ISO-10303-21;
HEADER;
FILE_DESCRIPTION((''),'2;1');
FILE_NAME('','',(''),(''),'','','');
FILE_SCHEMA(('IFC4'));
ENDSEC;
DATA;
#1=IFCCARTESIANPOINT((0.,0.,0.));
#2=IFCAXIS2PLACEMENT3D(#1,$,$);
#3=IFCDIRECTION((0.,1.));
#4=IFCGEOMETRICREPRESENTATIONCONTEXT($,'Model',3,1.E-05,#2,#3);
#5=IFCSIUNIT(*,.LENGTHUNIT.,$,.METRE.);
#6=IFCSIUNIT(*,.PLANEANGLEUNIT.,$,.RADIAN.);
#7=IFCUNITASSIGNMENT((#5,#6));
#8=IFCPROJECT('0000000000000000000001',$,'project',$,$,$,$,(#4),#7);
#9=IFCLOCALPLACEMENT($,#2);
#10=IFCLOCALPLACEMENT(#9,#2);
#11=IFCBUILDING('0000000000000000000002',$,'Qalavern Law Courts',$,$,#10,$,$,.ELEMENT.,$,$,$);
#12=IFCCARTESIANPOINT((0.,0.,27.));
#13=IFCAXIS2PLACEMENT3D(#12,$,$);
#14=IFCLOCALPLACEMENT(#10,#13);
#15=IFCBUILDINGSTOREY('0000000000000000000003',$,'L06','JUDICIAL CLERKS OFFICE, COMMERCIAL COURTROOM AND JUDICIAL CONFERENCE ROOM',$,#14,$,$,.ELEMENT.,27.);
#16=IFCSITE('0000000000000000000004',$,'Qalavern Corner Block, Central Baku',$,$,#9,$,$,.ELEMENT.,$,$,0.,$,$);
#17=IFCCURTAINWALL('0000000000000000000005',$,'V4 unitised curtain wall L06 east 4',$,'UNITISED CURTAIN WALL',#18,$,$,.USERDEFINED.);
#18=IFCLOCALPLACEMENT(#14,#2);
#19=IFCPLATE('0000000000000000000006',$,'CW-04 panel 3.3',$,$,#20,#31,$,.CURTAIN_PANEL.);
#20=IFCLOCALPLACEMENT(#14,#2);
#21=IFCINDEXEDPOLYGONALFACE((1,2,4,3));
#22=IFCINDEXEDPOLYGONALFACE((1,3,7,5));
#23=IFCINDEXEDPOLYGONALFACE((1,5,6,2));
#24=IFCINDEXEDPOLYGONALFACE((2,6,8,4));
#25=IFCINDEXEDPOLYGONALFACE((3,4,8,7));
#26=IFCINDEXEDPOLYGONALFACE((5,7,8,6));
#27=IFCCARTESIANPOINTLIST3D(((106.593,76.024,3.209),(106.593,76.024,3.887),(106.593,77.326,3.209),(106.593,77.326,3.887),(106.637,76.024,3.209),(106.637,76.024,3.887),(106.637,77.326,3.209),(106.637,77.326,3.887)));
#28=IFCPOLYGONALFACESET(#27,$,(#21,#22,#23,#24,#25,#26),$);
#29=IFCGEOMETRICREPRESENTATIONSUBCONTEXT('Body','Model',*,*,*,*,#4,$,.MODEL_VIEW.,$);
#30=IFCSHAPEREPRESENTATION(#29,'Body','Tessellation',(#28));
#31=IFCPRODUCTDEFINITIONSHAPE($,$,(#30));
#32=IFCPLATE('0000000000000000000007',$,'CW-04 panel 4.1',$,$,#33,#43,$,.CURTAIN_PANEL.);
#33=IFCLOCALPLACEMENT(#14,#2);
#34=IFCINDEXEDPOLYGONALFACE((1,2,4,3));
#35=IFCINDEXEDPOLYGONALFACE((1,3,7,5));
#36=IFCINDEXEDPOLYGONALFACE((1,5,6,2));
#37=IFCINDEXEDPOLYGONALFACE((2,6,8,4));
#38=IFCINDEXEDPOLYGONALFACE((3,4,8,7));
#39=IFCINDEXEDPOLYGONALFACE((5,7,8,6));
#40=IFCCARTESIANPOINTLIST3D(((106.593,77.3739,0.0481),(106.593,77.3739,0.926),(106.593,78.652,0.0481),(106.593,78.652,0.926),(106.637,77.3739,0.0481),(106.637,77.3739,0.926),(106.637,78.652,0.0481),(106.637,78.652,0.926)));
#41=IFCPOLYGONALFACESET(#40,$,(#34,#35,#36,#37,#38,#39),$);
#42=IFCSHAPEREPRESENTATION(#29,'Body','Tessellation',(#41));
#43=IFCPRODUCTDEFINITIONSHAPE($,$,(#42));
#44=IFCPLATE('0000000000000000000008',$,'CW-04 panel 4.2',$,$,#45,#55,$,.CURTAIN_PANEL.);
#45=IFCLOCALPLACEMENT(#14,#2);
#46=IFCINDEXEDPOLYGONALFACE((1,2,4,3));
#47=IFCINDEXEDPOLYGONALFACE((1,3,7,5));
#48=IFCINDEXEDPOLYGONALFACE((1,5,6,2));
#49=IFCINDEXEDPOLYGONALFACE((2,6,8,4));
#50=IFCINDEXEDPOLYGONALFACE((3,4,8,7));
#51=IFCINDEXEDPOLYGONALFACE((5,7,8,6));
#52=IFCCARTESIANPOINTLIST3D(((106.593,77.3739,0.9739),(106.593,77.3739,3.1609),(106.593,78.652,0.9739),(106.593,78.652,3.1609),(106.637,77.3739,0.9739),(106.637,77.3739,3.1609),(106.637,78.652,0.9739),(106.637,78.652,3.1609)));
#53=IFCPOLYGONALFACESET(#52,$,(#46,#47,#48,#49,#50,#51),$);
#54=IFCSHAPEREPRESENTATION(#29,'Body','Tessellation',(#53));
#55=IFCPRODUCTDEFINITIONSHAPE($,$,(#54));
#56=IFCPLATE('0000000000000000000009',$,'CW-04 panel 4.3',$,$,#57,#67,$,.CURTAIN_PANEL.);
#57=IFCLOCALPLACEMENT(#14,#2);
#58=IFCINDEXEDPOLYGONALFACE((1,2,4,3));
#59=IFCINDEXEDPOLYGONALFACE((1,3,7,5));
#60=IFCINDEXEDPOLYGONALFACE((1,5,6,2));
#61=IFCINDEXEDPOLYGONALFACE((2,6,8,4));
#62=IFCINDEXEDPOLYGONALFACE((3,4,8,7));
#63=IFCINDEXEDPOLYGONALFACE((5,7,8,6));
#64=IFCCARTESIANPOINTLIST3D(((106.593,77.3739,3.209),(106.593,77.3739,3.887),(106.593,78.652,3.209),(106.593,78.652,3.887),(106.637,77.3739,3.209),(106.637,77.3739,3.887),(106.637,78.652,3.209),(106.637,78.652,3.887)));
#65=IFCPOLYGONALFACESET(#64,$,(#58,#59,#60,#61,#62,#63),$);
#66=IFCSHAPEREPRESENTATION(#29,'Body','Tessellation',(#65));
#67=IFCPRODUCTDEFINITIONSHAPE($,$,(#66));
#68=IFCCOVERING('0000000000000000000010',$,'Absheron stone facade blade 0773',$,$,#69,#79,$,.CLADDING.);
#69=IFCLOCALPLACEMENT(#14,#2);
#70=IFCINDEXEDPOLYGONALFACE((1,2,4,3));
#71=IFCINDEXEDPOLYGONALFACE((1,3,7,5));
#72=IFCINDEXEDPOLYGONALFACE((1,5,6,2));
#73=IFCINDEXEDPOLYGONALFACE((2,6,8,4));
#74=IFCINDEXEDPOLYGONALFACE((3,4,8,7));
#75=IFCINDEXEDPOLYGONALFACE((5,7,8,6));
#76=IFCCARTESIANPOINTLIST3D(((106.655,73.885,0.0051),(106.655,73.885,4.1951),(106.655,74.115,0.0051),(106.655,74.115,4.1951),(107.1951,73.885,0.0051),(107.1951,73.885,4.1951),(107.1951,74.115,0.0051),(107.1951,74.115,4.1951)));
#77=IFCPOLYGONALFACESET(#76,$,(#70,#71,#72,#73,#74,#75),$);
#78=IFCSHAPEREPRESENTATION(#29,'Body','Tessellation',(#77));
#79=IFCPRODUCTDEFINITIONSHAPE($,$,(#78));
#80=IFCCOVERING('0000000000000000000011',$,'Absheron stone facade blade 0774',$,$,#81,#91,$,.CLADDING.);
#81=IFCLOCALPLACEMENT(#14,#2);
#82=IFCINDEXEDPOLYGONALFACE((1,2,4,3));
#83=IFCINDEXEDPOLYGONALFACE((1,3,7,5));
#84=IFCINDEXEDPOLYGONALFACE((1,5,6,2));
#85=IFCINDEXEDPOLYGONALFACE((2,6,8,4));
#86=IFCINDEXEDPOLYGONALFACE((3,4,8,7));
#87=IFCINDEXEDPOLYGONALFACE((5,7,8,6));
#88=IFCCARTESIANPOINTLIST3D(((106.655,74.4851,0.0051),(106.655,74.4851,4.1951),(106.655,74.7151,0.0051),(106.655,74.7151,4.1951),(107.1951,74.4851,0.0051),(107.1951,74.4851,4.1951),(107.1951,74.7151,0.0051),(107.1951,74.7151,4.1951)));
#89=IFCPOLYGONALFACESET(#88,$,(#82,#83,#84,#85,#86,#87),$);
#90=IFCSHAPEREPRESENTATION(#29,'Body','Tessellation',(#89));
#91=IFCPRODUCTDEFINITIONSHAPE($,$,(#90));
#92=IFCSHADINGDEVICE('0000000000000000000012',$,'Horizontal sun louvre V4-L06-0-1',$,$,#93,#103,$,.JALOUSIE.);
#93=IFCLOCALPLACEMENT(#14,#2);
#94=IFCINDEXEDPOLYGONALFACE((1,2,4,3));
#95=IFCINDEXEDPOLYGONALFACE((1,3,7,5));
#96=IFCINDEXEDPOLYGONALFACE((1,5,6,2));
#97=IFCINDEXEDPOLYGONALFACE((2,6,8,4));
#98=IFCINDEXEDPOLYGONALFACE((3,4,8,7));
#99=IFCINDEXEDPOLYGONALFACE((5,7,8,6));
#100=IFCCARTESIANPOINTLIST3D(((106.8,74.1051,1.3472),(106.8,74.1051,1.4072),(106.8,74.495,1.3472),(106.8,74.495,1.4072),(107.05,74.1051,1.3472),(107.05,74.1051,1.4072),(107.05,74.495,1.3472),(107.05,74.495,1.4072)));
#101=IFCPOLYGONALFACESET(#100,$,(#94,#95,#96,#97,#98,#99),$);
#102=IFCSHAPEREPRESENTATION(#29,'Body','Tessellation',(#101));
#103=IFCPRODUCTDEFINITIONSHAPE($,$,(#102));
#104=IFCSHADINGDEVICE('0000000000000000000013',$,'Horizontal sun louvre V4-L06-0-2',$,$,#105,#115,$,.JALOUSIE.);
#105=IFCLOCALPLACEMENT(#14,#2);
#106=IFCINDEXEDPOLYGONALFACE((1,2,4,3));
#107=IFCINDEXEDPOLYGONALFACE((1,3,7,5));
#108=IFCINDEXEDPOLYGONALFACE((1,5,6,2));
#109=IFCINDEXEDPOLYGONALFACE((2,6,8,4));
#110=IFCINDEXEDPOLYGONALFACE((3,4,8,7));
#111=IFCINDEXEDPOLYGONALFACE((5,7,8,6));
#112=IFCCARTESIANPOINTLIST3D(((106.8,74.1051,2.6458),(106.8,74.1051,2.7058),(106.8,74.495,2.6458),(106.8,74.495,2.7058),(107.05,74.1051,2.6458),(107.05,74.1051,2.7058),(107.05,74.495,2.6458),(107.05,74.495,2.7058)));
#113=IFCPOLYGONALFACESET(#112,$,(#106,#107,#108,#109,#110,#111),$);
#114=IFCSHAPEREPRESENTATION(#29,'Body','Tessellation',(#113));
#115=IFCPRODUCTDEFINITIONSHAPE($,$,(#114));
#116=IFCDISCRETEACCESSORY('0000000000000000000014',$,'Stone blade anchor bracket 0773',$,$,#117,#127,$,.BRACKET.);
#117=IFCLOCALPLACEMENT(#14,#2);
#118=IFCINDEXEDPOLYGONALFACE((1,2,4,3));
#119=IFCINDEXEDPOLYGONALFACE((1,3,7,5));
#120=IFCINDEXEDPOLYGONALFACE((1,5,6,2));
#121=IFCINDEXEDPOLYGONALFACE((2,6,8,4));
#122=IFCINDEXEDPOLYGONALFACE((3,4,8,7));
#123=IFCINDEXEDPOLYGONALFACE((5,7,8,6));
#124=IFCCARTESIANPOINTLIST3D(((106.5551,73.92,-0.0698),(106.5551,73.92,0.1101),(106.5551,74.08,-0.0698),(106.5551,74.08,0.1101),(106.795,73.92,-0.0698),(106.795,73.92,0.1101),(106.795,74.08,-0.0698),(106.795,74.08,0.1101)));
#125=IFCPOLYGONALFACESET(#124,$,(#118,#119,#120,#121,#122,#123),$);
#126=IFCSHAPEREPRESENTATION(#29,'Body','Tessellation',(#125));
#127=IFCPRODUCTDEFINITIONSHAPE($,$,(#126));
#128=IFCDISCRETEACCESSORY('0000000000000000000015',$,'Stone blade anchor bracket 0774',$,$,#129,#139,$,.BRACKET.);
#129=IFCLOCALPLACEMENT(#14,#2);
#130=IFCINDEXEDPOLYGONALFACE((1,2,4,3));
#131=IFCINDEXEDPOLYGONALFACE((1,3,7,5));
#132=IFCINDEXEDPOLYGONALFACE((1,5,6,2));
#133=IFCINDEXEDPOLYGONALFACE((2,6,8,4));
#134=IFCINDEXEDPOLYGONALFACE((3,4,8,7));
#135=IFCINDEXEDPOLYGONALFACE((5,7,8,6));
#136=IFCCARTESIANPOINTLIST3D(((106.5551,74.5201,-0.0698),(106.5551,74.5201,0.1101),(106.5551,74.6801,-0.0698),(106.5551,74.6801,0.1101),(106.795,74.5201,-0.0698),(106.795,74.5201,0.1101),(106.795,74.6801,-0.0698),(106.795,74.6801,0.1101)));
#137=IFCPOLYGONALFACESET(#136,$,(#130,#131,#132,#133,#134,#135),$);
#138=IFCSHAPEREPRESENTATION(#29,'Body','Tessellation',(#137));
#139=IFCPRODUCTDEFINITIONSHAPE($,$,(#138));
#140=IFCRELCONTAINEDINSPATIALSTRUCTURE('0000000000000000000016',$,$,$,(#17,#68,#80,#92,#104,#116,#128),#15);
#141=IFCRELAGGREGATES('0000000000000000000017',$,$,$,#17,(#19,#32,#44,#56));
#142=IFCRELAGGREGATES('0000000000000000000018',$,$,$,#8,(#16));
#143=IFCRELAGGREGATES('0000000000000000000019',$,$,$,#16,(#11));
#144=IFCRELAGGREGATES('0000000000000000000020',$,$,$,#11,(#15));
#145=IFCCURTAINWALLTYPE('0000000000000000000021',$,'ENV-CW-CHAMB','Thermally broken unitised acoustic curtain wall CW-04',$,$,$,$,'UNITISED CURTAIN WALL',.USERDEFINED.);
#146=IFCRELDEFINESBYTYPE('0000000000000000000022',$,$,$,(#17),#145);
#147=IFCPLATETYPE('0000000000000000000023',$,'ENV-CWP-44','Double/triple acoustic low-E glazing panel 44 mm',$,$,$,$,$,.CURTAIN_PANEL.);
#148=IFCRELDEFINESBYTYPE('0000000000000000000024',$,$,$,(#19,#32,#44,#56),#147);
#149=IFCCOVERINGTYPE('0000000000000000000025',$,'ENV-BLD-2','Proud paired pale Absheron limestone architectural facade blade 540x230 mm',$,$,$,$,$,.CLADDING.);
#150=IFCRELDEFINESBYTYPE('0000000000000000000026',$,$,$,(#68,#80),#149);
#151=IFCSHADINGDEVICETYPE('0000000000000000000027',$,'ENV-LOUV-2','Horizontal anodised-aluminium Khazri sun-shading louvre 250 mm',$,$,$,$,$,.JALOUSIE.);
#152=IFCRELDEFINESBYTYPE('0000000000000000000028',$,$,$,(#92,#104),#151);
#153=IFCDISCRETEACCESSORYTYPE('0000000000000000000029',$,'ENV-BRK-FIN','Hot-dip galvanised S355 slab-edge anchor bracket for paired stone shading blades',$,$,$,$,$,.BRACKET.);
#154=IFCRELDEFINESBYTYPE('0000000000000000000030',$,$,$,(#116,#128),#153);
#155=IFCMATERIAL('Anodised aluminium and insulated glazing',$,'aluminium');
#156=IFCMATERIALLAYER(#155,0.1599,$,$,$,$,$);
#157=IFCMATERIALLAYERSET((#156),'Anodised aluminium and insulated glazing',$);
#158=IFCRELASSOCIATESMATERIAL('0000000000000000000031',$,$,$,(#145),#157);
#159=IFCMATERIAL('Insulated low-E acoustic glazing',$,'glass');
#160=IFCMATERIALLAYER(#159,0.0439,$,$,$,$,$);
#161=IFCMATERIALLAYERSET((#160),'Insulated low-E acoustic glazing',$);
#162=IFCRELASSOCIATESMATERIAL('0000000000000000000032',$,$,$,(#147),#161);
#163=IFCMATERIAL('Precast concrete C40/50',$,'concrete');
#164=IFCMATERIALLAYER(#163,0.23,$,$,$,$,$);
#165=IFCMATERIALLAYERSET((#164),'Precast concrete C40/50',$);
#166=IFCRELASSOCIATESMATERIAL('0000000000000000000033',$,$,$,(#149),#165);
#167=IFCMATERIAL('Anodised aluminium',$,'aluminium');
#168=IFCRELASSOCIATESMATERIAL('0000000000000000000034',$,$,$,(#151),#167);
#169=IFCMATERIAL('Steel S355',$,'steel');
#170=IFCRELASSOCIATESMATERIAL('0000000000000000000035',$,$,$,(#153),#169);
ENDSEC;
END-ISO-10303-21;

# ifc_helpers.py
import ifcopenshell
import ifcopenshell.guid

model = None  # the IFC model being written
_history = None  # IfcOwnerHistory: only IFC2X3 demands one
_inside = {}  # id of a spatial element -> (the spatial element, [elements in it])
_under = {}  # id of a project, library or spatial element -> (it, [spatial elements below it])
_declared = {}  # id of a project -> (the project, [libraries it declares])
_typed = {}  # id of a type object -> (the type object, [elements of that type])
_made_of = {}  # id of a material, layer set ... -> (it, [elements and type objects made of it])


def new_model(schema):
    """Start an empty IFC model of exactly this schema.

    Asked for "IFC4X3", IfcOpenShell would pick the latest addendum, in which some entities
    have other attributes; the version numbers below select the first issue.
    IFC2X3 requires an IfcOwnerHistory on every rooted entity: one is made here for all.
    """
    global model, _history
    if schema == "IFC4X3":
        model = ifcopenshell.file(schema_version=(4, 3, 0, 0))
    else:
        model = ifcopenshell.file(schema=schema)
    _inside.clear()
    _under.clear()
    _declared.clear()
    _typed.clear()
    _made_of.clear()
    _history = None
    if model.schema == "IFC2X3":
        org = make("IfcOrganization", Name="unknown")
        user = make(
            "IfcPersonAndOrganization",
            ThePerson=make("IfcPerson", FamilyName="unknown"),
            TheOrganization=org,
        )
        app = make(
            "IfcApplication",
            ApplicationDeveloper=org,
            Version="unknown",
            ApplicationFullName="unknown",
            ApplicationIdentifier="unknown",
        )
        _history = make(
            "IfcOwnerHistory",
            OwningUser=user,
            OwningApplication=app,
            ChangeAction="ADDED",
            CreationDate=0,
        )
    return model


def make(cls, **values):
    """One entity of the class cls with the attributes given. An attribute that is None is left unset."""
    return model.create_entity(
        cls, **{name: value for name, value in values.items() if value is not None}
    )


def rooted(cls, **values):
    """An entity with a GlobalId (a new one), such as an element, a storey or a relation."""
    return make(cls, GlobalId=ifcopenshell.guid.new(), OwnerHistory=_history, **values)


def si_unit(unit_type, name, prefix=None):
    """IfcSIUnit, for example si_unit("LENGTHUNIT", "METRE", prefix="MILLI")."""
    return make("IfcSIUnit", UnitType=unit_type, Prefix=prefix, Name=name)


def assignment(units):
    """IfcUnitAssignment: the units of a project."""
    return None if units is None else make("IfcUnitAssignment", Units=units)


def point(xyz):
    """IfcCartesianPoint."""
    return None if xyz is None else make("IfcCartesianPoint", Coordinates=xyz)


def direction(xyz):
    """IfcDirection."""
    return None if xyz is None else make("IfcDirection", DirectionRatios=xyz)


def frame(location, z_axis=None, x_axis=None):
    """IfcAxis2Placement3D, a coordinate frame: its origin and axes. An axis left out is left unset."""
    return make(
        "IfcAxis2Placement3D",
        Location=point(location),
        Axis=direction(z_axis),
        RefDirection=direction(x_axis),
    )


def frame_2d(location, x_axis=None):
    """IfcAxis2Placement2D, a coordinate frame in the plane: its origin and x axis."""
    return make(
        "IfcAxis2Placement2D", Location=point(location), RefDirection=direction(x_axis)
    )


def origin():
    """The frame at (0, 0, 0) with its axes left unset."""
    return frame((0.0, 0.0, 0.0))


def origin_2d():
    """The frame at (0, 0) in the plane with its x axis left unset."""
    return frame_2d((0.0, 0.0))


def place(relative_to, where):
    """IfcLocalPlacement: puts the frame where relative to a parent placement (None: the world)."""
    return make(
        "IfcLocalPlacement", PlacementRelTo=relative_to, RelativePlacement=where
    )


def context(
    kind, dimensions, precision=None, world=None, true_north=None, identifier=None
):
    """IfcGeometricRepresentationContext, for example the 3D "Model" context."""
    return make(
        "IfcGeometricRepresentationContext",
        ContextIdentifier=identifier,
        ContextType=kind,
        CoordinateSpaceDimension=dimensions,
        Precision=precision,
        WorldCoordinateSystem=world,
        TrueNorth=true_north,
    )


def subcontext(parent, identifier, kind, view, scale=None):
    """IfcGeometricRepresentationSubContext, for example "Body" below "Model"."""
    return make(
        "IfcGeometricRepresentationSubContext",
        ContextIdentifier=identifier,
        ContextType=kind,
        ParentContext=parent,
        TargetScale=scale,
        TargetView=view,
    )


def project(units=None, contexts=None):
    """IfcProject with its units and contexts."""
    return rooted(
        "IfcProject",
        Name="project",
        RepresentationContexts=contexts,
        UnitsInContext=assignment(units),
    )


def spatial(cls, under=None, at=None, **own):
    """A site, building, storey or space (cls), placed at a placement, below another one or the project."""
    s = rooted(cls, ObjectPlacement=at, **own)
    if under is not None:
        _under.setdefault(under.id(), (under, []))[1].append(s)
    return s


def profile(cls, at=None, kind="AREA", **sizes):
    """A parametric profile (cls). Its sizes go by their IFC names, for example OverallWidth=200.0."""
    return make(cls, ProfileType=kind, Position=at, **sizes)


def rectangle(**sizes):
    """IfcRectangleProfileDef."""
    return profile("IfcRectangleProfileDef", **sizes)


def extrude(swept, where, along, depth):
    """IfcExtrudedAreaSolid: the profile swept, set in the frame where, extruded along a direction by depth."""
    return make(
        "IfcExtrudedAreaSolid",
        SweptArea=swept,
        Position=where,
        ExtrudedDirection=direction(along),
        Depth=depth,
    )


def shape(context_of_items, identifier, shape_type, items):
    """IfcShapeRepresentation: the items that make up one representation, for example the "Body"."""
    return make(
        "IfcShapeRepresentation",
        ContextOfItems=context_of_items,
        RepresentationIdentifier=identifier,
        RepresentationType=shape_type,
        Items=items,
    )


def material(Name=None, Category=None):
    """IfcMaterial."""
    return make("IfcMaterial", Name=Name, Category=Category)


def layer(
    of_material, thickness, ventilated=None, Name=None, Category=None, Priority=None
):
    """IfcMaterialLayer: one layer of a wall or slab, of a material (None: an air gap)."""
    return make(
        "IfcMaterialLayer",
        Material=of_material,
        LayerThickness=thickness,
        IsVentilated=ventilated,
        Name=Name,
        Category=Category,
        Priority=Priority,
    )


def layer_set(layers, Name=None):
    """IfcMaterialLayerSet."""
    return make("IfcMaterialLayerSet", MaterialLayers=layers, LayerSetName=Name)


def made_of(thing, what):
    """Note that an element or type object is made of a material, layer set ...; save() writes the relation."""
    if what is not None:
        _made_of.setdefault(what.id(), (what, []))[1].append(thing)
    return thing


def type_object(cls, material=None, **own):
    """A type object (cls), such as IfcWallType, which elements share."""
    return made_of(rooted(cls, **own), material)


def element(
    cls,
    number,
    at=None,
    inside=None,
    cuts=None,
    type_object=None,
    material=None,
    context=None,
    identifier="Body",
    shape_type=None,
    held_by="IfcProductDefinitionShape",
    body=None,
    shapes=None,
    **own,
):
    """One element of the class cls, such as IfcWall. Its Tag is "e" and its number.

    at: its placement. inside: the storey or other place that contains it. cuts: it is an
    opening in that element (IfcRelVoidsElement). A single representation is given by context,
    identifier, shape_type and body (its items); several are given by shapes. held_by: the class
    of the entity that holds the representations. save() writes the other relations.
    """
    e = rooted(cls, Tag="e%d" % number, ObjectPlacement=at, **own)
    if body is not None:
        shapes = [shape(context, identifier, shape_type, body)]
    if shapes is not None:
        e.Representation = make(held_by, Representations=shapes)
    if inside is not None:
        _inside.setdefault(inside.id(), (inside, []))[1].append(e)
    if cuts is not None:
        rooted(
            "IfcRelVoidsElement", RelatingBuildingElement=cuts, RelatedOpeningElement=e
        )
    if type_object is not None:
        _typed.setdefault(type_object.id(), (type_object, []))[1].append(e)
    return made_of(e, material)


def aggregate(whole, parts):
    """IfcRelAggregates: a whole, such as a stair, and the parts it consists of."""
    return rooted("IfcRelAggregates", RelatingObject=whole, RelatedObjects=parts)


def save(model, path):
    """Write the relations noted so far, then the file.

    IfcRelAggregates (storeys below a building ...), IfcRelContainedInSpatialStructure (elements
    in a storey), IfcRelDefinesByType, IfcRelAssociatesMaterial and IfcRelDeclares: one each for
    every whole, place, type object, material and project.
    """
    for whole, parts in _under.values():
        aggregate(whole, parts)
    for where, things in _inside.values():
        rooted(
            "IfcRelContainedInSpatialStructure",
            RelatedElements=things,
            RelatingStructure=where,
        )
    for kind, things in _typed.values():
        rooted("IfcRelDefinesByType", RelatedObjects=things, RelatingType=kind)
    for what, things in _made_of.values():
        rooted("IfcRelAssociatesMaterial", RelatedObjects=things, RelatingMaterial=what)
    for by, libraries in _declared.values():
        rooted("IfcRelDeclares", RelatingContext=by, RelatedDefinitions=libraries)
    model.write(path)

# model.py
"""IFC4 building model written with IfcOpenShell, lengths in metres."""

from ifc_helpers import new_model, si_unit, direction, frame, origin, origin_2d, place, context, subcontext, project, spatial, rectangle, extrude, material, layer, layer_set, type_object, element, aggregate, save


model = new_model("IFC4")

# Units and contexts
model_context = context("Model", 3, precision=1e-05, world=origin(), true_north=direction((0.0, 1.0)))
body_context = subcontext(model_context, "Body", "Model", "MODEL_VIEW")
ifc_project = project(units=[si_unit("LENGTHUNIT", "METRE"), si_unit("PLANEANGLEUNIT", "RADIAN")], contexts=[model_context])

# Site, building, storey
site_placement = place(None, origin())
site = spatial("IfcSite", under=ifc_project, at=site_placement, Name="Qalavern Corner Block, Central Baku", CompositionType="ELEMENT", RefElevation=0.0)
building_placement = place(site_placement, origin())
building = spatial("IfcBuilding", under=site, at=building_placement, Name="Qalavern Law Courts", CompositionType="ELEMENT")
storey_placement = place(building_placement, frame((0.0, 0.0, 27.0)))
storey = spatial("IfcBuildingStorey", under=building, at=storey_placement, Name="L06", Description="JUDICIAL CLERKS OFFICE, COMMERCIAL COURTROOM AND JUDICIAL CONFERENCE ROOM", CompositionType="ELEMENT", Elevation=27.0)

# Curtain wall, plates
ifc_material_1 = material(Name="Anodised aluminium and insulated glazing", Category="aluminium")
ifc_layer_1 = layer(ifc_material_1, 0.1599)
ifc_layer_set_1 = layer_set([ifc_layer_1], Name="Anodised aluminium and insulated glazing")
curtain_wall_type = type_object("IfcCurtainWallType", Name="ENV-CW-CHAMB", Description="Thermally broken unitised acoustic curtain wall CW-04", ElementType="UNITISED CURTAIN WALL", PredefinedType="USERDEFINED", material=ifc_layer_set_1)
curtain_wall_placement = place(storey_placement, origin())
curtain_wall = element("IfcCurtainWall", 1, at=curtain_wall_placement, inside=storey, type_object=curtain_wall_type, Name="V4 unitised curtain wall L06 east 4", ObjectType="UNITISED CURTAIN WALL", PredefinedType="USERDEFINED")
ifc_material_2 = material(Name="Anodised aluminium", Category="aluminium")
ifc_material_3 = material(Name="Insulated low-E acoustic glazing", Category="glass")
ifc_layer_2 = layer(ifc_material_3, 0.0439)
ifc_layer_set_2 = layer_set([ifc_layer_2], Name="Insulated low-E acoustic glazing")
plate_type = type_object("IfcPlateType", Name="ENV-CWP-44", Description="Double/triple acoustic low-E glazing panel 44 mm", PredefinedType="CURTAIN_PANEL", material=ifc_layer_set_2)
plate_1_placement = place(storey_placement, frame((106.615, 76.675, 3.209), z_axis=(0.0, 0.0, 1.0), x_axis=(0.0, 1.0, 0.0)))
plate_1 = element("IfcPlate", 2, at=plate_1_placement, type_object=plate_type, Name="CW-04 panel 3.3", PredefinedType="CURTAIN_PANEL", context=body_context, shape_type="SweptSolid", body=[
    extrude(rectangle(XDim=1.302, YDim=0.0439, at=origin_2d()), origin(), (0.0, 0.0, 1.0), 0.678),
])
plate_2_placement = place(storey_placement, frame((106.615, 78.0129, 0.0481), z_axis=(0.0, 0.0, 1.0), x_axis=(0.0, 1.0, 0.0)))
plate_2 = element("IfcPlate", 3, at=plate_2_placement, type_object=plate_type, Name="CW-04 panel 4.1", PredefinedType="CURTAIN_PANEL", context=body_context, shape_type="SweptSolid", body=[
    extrude(rectangle(XDim=1.2781, YDim=0.0439, at=origin_2d()), origin(), (0.0, 0.0, 1.0), 0.8779),
])
plate_3_placement = place(storey_placement, frame((106.615, 78.0129, 0.9739), z_axis=(0.0, 0.0, 1.0), x_axis=(0.0, 1.0, 0.0)))
plate_3 = element("IfcPlate", 4, at=plate_3_placement, type_object=plate_type, Name="CW-04 panel 4.2", PredefinedType="CURTAIN_PANEL", context=body_context, shape_type="SweptSolid", body=[
    extrude(rectangle(XDim=1.2781, YDim=0.0439, at=origin_2d()), origin(), (0.0, 0.0, 1.0), 2.187),
])
plate_4_placement = place(storey_placement, frame((106.615, 78.0129, 3.209), z_axis=(0.0, 0.0, 1.0), x_axis=(0.0, 1.0, 0.0)))
plate_4 = element("IfcPlate", 5, at=plate_4_placement, type_object=plate_type, Name="CW-04 panel 4.3", PredefinedType="CURTAIN_PANEL", context=body_context, shape_type="SweptSolid", body=[
    extrude(rectangle(XDim=1.2781, YDim=0.0439, at=origin_2d()), origin(), (0.0, 0.0, 1.0), 0.678),
])
aggregate(curtain_wall, [plate_1, plate_2, plate_3, plate_4])

# Coverings
ifc_material_4 = material(Name="Precast concrete C40/50", Category="concrete")
ifc_layer_3 = layer(ifc_material_4, 0.23)
ifc_layer_set_3 = layer_set([ifc_layer_3], Name="Precast concrete C40/50")
covering_type = type_object("IfcCoveringType", Name="ENV-BLD-2", Description="Proud paired pale Absheron limestone architectural facade blade 540x230 mm", PredefinedType="CLADDING", material=ifc_layer_set_3)
for number, where, z_axis, x_axis, name in (
    (6, (106.925, 74.0, 0.0051), (0.0, 0.0, 1.0), (1.0, 0.0, 0.0), "Absheron stone facade blade 0773"),
    (7, (106.925, 74.6001, 0.0051), (0.0, 0.0, 1.0), (1.0, 0.0, 0.0), "Absheron stone facade blade 0774"),
):
    element("IfcCovering", number, at=place(storey_placement, frame(where, z_axis=z_axis, x_axis=x_axis)), inside=storey, type_object=covering_type, Name=name, PredefinedType="CLADDING", context=body_context, shape_type="SweptSolid", body=[
        extrude(rectangle(XDim=0.54, YDim=0.23, at=origin_2d()), origin(), (0.0, 0.0, 1.0), 4.1899),
    ])

# Shading devices
shading_device_type = type_object("IfcShadingDeviceType", Name="ENV-LOUV-2", Description="Horizontal anodised-aluminium Khazri sun-shading louvre 250 mm", PredefinedType="JALOUSIE", material=ifc_material_2)
for number, where, z_axis, x_axis, name in (
    (8, (106.925, 74.3, 1.3472), (0.0, 0.0, 1.0), (0.0, 1.0, 0.0), "Horizontal sun louvre V4-L06-0-1"),
    (9, (106.925, 74.3, 2.6458), (0.0, 0.0, 1.0), (0.0, 1.0, 0.0), "Horizontal sun louvre V4-L06-0-2"),
):
    element("IfcShadingDevice", number, at=place(storey_placement, frame(where, z_axis=z_axis, x_axis=x_axis)), inside=storey, type_object=shading_device_type, Name=name, PredefinedType="JALOUSIE", context=body_context, shape_type="SweptSolid", body=[
        extrude(rectangle(XDim=0.3899, YDim=0.25, at=origin_2d()), origin(), (0.0, 0.0, 1.0), 0.0601),
    ])

# Discrete accessories
ifc_material_5 = material(Name="Steel S355", Category="steel")
discrete_accessory_type = type_object("IfcDiscreteAccessoryType", Name="ENV-BRK-FIN", Description="Hot-dip galvanised S355 slab-edge anchor bracket for paired stone shading blades", PredefinedType="BRACKET", material=ifc_material_5)
for number, where, z_axis, x_axis, name in (
    (10, (106.675, 74.0, -0.0698), (0.0, 0.0, 1.0), (1.0, 0.0, 0.0), "Stone blade anchor bracket 0773"),
    (11, (106.675, 74.6001, -0.0698), (0.0, 0.0, 1.0), (1.0, 0.0, 0.0), "Stone blade anchor bracket 0774"),
):
    element("IfcDiscreteAccessory", number, at=place(storey_placement, frame(where, z_axis=z_axis, x_axis=x_axis)), inside=storey, type_object=discrete_accessory_type, Name=name, PredefinedType="BRACKET", context=body_context, shape_type="SweptSolid", body=[
        extrude(rectangle(XDim=0.24, YDim=0.1599, at=origin_2d()), origin(), (0.0, 0.0, 1.0), 0.1799),
    ])

save(model, "model.ifc")
